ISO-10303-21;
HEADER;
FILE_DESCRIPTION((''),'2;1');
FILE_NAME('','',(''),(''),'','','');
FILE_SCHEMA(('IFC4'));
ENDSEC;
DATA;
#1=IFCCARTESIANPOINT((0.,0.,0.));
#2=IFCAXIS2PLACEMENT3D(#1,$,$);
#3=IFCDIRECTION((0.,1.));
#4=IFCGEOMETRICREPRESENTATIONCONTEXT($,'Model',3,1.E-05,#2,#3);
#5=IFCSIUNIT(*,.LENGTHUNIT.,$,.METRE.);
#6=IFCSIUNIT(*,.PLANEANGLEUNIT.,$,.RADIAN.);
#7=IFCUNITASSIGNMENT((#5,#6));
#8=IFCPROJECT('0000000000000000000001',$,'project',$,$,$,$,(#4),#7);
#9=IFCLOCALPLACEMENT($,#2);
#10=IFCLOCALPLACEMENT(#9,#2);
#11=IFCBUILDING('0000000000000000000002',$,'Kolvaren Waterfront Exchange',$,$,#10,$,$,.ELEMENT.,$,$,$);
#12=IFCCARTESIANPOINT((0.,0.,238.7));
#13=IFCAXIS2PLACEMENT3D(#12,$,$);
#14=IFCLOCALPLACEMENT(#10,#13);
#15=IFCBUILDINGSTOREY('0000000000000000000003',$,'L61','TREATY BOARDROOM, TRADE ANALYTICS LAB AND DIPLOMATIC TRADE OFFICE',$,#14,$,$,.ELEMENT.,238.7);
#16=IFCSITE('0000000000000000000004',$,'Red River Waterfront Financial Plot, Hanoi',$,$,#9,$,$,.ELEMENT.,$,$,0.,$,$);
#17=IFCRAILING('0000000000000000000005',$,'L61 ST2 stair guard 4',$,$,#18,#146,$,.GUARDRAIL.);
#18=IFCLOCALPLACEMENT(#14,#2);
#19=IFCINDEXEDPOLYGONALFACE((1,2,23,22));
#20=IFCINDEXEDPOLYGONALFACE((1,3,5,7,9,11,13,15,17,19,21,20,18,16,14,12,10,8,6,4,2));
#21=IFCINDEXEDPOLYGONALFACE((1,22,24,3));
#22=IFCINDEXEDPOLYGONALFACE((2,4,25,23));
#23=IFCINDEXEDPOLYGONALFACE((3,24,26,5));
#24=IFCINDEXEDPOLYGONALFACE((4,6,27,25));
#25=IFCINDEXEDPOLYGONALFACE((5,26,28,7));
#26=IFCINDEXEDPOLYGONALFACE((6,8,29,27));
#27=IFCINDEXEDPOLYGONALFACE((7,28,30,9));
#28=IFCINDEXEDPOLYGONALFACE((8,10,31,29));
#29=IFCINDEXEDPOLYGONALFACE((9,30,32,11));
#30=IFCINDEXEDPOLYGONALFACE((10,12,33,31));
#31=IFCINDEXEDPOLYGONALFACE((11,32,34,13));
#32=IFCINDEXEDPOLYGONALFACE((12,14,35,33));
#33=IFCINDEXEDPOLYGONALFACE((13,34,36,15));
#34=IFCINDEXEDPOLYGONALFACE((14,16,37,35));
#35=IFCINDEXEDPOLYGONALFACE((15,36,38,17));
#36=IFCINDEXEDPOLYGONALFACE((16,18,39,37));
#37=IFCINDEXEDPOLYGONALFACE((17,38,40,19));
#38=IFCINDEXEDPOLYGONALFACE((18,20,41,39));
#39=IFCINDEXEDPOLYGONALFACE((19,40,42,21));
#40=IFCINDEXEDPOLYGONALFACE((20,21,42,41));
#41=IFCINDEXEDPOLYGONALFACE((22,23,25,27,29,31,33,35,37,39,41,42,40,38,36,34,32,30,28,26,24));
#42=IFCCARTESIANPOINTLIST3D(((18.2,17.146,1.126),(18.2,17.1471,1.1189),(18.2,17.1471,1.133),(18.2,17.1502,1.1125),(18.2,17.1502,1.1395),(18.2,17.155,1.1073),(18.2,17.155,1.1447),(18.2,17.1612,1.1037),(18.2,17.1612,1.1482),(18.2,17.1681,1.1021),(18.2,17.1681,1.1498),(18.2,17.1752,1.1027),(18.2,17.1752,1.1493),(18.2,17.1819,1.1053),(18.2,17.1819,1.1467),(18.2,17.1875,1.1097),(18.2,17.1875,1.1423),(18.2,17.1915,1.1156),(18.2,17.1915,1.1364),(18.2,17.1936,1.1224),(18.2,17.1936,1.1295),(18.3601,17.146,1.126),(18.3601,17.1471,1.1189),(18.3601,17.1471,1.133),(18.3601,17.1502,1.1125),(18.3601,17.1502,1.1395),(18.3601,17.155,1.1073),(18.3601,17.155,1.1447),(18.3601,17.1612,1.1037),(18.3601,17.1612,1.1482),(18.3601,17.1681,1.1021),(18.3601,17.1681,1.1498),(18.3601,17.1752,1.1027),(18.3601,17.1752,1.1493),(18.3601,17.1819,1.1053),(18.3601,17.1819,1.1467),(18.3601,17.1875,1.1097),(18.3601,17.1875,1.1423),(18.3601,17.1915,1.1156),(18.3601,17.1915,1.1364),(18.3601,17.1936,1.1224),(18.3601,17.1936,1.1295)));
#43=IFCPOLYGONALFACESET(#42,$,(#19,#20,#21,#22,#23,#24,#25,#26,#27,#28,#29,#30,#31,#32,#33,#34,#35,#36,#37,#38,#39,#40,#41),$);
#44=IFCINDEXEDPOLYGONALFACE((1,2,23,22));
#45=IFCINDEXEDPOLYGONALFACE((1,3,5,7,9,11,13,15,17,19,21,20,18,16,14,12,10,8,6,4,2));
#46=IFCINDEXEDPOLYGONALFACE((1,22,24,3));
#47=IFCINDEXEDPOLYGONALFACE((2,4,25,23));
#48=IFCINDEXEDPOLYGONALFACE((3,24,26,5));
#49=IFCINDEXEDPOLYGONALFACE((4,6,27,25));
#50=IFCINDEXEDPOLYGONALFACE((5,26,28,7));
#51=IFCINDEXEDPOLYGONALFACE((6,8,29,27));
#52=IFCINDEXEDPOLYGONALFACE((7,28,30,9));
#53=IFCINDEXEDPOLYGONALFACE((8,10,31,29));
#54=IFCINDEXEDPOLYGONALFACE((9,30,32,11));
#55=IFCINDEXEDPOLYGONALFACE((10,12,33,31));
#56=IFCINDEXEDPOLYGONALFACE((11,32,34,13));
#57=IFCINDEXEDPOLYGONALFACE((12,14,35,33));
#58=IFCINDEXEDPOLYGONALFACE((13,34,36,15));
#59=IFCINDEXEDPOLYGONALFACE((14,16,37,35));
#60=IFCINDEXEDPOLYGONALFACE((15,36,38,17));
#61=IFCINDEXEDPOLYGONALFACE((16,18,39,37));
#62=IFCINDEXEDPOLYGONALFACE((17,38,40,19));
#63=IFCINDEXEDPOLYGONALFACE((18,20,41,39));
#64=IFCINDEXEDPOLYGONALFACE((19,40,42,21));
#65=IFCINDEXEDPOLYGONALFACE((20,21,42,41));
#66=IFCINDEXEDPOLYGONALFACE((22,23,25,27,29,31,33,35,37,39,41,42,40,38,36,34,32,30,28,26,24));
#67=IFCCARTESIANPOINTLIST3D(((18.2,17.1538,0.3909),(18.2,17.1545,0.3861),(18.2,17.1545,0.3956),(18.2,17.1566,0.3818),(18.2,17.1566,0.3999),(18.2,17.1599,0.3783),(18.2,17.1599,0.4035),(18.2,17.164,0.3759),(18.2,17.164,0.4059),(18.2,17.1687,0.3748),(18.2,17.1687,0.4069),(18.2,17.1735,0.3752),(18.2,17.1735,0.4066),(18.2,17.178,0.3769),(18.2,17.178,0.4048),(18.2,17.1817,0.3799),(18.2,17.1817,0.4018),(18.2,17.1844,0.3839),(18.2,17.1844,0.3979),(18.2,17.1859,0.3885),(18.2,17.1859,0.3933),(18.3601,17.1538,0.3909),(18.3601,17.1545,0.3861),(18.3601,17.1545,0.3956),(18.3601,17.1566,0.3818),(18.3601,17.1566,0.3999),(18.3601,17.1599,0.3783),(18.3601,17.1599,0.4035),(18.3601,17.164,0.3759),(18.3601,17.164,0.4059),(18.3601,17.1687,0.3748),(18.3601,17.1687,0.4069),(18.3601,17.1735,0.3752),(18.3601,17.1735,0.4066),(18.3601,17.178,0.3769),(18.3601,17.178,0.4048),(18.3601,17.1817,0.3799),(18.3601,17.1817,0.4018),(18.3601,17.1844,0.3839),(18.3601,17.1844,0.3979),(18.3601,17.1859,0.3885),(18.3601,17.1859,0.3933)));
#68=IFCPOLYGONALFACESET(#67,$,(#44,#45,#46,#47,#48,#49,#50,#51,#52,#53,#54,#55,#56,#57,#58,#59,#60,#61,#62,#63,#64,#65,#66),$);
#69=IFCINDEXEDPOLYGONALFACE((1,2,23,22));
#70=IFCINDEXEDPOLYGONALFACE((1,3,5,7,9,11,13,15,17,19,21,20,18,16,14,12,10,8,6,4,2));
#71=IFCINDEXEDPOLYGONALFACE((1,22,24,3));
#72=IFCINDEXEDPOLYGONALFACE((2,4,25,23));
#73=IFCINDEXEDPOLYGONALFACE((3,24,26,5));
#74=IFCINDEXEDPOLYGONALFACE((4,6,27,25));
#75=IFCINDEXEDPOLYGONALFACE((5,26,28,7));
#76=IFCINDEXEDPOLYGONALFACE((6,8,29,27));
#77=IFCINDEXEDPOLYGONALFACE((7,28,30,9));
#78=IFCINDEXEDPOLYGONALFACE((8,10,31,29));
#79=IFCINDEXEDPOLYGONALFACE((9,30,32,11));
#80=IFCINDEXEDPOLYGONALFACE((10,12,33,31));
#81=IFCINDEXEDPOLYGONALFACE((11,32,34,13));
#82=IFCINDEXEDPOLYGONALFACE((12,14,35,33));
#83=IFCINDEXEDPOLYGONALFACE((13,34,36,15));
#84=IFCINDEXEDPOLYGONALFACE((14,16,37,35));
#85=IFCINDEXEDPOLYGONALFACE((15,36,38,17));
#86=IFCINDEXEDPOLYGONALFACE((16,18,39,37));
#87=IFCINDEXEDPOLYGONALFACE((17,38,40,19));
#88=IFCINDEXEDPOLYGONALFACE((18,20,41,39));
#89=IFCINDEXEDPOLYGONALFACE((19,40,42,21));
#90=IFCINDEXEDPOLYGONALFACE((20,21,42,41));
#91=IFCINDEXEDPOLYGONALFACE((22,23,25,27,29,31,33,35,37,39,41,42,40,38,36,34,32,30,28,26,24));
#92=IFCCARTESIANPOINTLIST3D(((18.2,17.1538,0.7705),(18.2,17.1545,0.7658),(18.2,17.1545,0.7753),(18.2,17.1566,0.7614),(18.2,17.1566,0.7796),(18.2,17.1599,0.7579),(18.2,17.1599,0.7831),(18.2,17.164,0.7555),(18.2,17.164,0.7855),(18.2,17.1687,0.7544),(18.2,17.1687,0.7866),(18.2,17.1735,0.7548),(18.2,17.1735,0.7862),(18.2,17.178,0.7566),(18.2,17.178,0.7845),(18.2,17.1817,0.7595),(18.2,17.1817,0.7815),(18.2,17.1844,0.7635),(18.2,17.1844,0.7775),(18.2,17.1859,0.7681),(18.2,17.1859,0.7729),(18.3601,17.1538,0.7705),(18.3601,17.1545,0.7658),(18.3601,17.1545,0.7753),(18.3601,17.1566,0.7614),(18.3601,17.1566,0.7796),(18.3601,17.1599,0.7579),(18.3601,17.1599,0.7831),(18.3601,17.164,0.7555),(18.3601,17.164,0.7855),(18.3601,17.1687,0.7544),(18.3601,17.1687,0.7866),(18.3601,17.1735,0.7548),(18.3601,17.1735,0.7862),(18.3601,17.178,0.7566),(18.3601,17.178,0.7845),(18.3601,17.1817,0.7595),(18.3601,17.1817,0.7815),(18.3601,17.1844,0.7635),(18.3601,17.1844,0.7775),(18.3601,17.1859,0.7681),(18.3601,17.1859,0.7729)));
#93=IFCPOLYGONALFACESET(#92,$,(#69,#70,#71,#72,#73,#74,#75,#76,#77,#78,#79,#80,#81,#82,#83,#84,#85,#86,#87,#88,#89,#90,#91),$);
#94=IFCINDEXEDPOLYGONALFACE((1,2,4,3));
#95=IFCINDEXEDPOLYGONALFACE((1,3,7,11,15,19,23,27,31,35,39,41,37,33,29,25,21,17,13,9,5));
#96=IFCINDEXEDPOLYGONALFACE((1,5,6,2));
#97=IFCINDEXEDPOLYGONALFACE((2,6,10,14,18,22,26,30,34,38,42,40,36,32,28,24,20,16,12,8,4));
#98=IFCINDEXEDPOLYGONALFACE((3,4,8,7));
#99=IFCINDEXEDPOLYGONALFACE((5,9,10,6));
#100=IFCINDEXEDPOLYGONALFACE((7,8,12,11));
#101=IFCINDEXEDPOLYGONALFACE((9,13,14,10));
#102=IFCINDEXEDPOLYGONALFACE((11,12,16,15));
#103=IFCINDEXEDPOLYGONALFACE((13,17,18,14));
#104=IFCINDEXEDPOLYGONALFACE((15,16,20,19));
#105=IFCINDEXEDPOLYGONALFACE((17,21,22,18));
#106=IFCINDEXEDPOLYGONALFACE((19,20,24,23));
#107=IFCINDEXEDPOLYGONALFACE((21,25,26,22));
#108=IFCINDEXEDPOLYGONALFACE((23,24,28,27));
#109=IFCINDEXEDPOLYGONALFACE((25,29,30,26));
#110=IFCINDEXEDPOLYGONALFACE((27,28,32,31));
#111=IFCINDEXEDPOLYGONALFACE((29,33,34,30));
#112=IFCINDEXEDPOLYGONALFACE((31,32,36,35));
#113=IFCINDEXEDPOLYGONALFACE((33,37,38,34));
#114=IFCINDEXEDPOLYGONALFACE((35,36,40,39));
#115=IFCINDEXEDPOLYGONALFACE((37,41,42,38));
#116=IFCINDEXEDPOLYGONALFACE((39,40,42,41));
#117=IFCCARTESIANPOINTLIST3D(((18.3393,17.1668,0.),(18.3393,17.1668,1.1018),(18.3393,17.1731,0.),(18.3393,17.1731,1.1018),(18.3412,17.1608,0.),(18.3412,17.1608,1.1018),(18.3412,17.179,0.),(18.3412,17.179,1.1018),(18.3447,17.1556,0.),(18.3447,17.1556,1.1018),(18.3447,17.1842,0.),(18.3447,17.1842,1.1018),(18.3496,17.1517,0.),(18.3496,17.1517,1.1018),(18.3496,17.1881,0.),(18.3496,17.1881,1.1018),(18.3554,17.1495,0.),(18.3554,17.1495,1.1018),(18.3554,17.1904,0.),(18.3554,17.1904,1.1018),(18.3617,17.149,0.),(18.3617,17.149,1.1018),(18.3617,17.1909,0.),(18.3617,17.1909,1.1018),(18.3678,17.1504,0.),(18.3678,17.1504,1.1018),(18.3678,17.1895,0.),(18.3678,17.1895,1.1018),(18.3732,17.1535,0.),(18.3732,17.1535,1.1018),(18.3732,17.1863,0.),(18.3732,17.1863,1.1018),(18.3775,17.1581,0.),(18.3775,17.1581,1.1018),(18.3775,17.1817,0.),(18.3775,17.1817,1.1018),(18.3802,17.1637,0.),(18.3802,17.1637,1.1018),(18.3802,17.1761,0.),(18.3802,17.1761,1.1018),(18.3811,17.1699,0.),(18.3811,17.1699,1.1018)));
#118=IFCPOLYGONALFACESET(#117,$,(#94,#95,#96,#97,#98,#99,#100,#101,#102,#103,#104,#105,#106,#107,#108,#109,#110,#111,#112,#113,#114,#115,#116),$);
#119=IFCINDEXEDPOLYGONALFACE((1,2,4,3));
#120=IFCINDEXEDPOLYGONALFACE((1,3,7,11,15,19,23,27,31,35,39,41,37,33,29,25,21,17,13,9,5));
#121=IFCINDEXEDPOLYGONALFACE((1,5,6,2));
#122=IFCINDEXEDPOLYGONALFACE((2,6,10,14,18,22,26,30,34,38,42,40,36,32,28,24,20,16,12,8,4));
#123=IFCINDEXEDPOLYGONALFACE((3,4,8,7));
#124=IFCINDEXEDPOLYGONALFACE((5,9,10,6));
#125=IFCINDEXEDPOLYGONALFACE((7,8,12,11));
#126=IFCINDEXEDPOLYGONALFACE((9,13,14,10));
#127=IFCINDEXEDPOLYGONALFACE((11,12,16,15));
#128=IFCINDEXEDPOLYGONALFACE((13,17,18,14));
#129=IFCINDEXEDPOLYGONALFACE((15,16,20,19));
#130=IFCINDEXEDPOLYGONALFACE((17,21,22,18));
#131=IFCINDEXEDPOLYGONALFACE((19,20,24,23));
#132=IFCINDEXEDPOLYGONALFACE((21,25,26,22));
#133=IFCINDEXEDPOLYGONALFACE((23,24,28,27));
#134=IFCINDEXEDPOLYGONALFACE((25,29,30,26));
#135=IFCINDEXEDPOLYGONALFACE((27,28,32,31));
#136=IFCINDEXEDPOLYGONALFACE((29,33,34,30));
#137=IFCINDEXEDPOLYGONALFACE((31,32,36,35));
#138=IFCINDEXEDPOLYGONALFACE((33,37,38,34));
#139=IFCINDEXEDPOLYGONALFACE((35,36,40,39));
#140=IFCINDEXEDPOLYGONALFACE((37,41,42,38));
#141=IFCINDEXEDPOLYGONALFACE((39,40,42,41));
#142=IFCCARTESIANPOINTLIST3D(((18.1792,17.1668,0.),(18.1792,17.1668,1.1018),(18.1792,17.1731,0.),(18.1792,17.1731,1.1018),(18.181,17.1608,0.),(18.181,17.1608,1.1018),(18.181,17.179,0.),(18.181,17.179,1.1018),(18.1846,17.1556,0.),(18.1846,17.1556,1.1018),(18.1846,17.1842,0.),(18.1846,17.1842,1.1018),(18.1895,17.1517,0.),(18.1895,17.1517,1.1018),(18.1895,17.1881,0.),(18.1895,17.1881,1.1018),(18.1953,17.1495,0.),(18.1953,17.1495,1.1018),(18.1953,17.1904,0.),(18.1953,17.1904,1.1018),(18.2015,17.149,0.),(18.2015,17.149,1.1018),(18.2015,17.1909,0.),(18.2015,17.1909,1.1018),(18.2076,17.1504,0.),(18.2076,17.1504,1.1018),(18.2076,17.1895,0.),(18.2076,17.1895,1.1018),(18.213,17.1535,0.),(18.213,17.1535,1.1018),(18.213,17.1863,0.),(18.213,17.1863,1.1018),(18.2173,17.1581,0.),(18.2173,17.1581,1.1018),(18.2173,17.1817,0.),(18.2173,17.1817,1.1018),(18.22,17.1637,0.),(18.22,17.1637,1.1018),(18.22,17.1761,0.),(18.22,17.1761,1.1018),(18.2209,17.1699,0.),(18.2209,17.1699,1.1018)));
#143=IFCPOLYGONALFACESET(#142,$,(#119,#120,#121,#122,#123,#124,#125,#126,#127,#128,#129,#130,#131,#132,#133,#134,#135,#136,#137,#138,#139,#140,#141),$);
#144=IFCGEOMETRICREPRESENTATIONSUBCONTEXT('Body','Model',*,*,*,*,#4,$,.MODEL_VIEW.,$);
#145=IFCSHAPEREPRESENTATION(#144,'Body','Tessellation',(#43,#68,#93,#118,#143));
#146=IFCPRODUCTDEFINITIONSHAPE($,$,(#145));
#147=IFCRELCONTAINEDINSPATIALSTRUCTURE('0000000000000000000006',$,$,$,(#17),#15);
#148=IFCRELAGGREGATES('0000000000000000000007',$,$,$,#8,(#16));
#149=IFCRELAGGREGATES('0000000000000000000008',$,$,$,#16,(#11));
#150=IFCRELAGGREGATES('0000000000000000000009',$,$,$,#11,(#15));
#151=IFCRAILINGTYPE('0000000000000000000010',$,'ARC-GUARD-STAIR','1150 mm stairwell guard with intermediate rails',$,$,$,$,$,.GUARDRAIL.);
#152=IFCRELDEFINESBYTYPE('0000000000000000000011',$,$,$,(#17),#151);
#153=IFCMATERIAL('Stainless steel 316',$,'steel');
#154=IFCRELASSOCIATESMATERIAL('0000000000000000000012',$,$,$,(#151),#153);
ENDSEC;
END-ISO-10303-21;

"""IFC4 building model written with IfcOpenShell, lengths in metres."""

from ifc_helpers import new_model, si_unit, direction, frame, origin, origin_2d, place, context, subcontext, project, spatial, circle, extrude, material, type_object, element, save


model = new_model("IFC4")

# Units and contexts
model_context = context("Model", 3, precision=1e-05, world=origin(), true_north=direction((0.0, 1.0)))
body_context = subcontext(model_context, "Body", "Model", "MODEL_VIEW")
ifc_project = project(units=[si_unit("LENGTHUNIT", "METRE"), si_unit("PLANEANGLEUNIT", "RADIAN")], contexts=[model_context])

# Site, building, storey
site_placement = place(None, origin())
site = spatial("IfcSite", under=ifc_project, at=site_placement, Name="Red River Waterfront Financial Plot, Hanoi", CompositionType="ELEMENT", RefElevation=0.0)
building_placement = place(site_placement, origin())
building = spatial("IfcBuilding", under=site, at=building_placement, Name="Kolvaren Waterfront Exchange", CompositionType="ELEMENT")
storey_placement = place(building_placement, frame((0.0, 0.0, 238.7)))
storey = spatial("IfcBuildingStorey", under=building, at=storey_placement, Name="L61", Description="TREATY BOARDROOM, TRADE ANALYTICS LAB AND DIPLOMATIC TRADE OFFICE", CompositionType="ELEMENT", Elevation=238.7)

# Railing
ifc_material_1 = material(Name="Stainless steel 316", Category="steel")
railing_type_1 = type_object("IfcRailingType", Name="ARC-GUARD-STAIR", Description="1150 mm stairwell guard with intermediate rails", PredefinedType="GUARDRAIL", material=ifc_material_1)
railing_1_placement = place(storey_placement, frame((18.3601, 17.1699, 0.0)))
element("IfcRailing", 1, at=railing_1_placement, inside=storey, type_object=railing_type_1, Name="L61 ST2 stair guard 4", PredefinedType="GUARDRAIL", context=body_context, shape_type="SweptSolid", body=[
    extrude(circle(Radius=0.0239, at=origin_2d()), frame((0.0, 0.0, 1.126), z_axis=(-1.0, 0.0, 0.0), x_axis=(0.0, -1.0, 0.0)), (0.0, 0.0, 1.0), 0.1602),
    extrude(circle(Radius=0.0161, at=origin_2d()), frame((0.0, 0.0, 0.3909), z_axis=(-1.0, 0.0, 0.0), x_axis=(0.0, -1.0, 0.0)), (0.0, 0.0, 1.0), 0.1602),
    extrude(circle(Radius=0.0161, at=origin_2d()), frame((0.0, 0.0, 0.7705), z_axis=(-1.0, 0.0, 0.0), x_axis=(0.0, -1.0, 0.0)), (0.0, 0.0, 1.0), 0.1602),
    extrude(circle(Radius=0.021, at=origin_2d()), origin(), (0.0, 0.0, 1.0), 1.1018),
    extrude(circle(Radius=0.021, at=origin_2d()), frame((-0.1602, 0.0, 0.0)), (0.0, 0.0, 1.0), 1.1018),
])

save(model, "model.ifc")
